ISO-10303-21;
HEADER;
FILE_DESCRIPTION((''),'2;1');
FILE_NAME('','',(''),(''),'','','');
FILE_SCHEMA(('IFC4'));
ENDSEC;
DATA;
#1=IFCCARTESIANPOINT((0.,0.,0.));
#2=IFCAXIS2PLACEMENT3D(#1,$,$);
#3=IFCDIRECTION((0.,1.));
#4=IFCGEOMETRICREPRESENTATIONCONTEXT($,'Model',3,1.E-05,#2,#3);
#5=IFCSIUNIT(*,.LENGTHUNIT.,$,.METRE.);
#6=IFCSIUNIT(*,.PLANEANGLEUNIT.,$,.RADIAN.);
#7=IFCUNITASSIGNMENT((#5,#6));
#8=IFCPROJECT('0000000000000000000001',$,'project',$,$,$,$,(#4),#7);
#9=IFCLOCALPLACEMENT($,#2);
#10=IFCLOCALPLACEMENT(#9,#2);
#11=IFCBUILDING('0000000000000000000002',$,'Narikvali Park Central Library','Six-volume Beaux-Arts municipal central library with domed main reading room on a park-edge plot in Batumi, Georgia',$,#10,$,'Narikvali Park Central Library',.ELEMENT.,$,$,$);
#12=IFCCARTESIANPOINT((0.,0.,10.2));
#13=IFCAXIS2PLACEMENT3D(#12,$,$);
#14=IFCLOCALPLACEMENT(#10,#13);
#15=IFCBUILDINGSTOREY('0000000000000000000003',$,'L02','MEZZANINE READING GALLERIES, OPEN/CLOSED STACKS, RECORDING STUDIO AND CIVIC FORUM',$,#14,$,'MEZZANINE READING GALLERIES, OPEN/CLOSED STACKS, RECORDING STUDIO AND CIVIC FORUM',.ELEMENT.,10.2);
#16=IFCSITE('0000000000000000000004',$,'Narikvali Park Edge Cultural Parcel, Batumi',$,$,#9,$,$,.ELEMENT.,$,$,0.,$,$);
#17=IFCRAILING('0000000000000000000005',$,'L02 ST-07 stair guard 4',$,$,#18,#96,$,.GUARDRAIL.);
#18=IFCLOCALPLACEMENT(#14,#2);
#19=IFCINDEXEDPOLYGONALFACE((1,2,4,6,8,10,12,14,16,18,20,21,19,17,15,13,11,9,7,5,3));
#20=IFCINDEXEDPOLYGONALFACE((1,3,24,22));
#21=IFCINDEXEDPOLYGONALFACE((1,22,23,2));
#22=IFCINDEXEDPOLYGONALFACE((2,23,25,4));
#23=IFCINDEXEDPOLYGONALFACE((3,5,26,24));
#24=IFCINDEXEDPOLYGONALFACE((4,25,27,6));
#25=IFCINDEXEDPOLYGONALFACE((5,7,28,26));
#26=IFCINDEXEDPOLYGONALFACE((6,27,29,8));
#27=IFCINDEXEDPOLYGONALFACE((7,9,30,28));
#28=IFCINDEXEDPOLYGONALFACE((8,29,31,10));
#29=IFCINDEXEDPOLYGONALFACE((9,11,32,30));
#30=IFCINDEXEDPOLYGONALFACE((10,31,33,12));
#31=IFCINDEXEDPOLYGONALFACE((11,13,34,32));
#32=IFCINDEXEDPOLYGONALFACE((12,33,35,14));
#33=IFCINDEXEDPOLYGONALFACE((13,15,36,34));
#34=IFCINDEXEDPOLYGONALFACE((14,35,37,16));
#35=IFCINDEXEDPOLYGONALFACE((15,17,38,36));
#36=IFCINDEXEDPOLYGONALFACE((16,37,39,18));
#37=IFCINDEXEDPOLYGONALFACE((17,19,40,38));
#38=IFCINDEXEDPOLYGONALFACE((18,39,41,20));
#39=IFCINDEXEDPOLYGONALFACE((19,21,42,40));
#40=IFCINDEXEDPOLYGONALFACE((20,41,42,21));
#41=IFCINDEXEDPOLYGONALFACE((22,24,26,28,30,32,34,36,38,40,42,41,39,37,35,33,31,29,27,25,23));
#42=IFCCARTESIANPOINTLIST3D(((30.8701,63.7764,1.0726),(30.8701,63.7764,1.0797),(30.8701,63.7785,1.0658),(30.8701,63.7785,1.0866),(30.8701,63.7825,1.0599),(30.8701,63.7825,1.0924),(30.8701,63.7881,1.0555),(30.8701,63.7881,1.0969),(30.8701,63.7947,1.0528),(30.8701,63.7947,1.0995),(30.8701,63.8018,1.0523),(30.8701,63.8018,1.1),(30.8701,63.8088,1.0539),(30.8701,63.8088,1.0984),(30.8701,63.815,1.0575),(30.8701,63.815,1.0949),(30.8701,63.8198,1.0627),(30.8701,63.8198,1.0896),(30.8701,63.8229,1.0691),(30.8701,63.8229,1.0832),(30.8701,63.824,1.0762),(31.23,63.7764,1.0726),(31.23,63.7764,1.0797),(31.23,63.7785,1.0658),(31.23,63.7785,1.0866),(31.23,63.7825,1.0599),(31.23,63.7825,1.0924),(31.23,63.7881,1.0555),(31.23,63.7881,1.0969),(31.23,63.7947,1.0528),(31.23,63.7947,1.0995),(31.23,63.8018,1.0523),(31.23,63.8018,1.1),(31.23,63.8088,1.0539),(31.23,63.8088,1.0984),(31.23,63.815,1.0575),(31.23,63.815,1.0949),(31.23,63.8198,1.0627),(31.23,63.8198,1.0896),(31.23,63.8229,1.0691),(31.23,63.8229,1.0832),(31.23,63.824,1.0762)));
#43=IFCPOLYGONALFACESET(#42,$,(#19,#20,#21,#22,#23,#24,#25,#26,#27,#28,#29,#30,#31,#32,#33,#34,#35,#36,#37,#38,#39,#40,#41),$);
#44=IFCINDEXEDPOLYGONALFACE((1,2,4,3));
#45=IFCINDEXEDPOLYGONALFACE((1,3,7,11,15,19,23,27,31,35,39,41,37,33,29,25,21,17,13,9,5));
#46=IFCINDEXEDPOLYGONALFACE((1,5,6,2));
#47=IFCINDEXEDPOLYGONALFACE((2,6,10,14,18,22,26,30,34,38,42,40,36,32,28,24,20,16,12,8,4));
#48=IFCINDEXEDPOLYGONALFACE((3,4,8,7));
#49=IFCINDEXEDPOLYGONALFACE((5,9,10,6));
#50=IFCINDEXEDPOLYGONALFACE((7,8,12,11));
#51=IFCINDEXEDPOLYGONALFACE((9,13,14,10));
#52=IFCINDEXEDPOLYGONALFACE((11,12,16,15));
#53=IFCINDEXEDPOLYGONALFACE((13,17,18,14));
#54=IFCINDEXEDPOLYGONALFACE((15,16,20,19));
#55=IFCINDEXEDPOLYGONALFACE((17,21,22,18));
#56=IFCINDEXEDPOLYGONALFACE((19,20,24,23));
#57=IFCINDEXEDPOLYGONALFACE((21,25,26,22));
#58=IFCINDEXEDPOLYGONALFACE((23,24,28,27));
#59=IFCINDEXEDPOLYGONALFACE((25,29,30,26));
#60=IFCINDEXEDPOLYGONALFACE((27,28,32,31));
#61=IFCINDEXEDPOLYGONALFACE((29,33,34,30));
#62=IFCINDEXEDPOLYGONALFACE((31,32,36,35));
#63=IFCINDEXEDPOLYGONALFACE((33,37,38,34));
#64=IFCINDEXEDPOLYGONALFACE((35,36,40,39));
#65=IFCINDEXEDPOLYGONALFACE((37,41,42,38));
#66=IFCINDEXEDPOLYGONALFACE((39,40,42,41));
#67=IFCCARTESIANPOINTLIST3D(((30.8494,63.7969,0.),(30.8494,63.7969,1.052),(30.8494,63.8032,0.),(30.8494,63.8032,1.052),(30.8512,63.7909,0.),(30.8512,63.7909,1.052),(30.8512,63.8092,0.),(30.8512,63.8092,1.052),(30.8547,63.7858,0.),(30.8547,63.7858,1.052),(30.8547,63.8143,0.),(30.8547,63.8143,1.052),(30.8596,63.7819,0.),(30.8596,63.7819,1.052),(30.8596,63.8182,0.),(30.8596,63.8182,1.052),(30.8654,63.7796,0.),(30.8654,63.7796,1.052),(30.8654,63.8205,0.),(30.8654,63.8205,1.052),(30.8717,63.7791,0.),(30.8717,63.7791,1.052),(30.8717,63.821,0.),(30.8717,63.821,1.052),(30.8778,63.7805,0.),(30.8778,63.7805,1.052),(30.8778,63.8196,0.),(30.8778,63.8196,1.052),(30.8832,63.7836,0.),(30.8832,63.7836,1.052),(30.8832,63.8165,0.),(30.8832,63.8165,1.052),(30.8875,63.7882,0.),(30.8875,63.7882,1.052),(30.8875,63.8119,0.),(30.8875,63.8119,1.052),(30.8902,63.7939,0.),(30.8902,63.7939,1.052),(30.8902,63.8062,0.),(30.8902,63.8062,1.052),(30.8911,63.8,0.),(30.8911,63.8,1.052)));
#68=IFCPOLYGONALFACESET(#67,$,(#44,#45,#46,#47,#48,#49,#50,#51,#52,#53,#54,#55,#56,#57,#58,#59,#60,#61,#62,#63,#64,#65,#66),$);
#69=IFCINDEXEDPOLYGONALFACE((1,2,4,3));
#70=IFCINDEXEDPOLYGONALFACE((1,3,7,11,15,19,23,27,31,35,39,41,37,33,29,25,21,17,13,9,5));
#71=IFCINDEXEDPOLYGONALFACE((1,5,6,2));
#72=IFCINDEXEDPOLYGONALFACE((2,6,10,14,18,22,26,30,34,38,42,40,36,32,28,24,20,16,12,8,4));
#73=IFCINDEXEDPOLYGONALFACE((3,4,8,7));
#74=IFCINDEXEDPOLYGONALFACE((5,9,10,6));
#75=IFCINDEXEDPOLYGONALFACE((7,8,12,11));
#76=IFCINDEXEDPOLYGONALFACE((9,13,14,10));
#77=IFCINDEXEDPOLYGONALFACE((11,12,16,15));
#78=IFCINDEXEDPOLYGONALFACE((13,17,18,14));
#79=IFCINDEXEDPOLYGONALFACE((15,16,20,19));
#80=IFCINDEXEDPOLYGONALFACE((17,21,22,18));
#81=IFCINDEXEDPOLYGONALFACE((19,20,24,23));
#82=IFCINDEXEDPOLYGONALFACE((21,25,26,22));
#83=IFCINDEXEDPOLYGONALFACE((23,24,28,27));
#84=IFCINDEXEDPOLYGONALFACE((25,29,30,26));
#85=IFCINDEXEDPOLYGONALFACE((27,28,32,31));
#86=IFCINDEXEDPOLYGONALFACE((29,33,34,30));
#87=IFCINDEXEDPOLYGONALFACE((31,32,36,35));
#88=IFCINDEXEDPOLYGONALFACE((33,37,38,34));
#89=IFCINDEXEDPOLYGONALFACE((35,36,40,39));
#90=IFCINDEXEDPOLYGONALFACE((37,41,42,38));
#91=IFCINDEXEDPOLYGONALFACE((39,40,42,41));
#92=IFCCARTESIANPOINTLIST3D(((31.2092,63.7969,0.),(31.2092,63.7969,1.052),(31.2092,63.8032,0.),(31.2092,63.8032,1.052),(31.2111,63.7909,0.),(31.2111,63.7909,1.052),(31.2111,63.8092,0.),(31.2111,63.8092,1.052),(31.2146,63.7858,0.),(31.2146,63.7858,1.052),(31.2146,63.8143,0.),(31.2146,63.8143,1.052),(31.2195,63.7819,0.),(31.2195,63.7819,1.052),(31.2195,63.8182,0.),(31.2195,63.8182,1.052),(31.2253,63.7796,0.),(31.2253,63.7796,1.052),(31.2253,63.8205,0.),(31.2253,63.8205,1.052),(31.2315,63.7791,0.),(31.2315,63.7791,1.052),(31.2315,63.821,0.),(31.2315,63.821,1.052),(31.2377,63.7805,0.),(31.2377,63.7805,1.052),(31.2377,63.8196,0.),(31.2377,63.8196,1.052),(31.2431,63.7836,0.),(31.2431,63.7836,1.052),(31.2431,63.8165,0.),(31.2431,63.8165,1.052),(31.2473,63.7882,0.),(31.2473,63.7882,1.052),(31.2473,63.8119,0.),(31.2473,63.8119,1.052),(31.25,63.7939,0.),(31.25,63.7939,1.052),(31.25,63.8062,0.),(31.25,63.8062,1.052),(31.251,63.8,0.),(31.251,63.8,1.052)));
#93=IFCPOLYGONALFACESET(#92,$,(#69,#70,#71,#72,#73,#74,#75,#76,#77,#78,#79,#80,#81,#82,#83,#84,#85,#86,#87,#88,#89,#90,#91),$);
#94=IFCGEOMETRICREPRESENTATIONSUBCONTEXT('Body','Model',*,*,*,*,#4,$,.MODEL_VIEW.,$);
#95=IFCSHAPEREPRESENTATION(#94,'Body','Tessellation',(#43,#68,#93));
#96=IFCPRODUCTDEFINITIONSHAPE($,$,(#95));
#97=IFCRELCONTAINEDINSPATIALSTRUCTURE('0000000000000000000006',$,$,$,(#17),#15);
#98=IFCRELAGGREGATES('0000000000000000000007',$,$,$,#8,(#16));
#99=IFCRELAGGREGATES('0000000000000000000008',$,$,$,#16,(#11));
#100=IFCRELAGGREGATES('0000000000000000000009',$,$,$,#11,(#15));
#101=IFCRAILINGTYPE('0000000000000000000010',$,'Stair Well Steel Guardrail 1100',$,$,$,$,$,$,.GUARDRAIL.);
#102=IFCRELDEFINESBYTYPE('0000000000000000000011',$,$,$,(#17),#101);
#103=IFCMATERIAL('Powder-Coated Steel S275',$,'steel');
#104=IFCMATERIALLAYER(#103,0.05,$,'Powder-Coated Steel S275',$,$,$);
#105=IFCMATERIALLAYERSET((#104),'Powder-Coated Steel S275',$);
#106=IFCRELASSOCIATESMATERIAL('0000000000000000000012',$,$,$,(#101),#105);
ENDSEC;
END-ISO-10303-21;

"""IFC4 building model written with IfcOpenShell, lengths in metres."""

from ifc_helpers import new_model, si_unit, direction, frame, origin, origin_2d, place, context, subcontext, project, spatial, circle, extrude, material, layer, layer_set, type_object, element, save


model = new_model("IFC4")

# Units and contexts
model_context = context("Model", 3, precision=1e-05, world=origin(), true_north=direction((0.0, 1.0)))
body_context = subcontext(model_context, "Body", "Model", "MODEL_VIEW")
ifc_project = project(units=[si_unit("LENGTHUNIT", "METRE"), si_unit("PLANEANGLEUNIT", "RADIAN")], contexts=[model_context])

# Site, building, storey
site_placement = place(None, origin())
site = spatial("IfcSite", under=ifc_project, at=site_placement, Name="Narikvali Park Edge Cultural Parcel, Batumi", CompositionType="ELEMENT", RefElevation=0.0)
building_placement = place(site_placement, origin())
building = spatial("IfcBuilding", under=site, at=building_placement, Name="Narikvali Park Central Library", Description="Six-volume Beaux-Arts municipal central library with domed main reading room on a park-edge plot in Batumi, Georgia", LongName="Narikvali Park Central Library", CompositionType="ELEMENT")
storey_placement = place(building_placement, frame((0.0, 0.0, 10.2)))
storey = spatial("IfcBuildingStorey", under=building, at=storey_placement, Name="L02", Description="MEZZANINE READING GALLERIES, OPEN/CLOSED STACKS, RECORDING STUDIO AND CIVIC FORUM", LongName="MEZZANINE READING GALLERIES, OPEN/CLOSED STACKS, RECORDING STUDIO AND CIVIC FORUM", CompositionType="ELEMENT", Elevation=10.2)

# Railing
ifc_material_1 = material(Name="Powder-Coated Steel S275", Category="steel")
ifc_layer_1 = layer(ifc_material_1, 0.05, Name="Powder-Coated Steel S275")
ifc_layer_set_1 = layer_set([ifc_layer_1], Name="Powder-Coated Steel S275")
railing_type = type_object("IfcRailingType", Name="Stair Well Steel Guardrail 1100", PredefinedType="GUARDRAIL", material=ifc_layer_set_1)
railing_1_placement = place(storey_placement, frame((30.8701, 63.8, 0.0)))
element("IfcRailing", 1, at=railing_1_placement, inside=storey, type_object=railing_type, Name="L02 ST-07 stair guard 4", PredefinedType="GUARDRAIL", context=body_context, shape_type="SweptSolid", body=[
    extrude(circle(Radius=0.0239, at=origin_2d()), frame((0.0, 0.0, 1.0762), z_axis=(1.0, 0.0, 0.0), x_axis=(0.0, 1.0, 0.0)), (0.0, 0.0, 1.0), 0.3599),
    extrude(circle(Radius=0.021, at=origin_2d()), origin(), (0.0, 0.0, 1.0), 1.052),
    extrude(circle(Radius=0.021, at=origin_2d()), frame((0.3599, 0.0, 0.0)), (0.0, 0.0, 1.0), 1.052),
])

save(model, "model.ifc")
